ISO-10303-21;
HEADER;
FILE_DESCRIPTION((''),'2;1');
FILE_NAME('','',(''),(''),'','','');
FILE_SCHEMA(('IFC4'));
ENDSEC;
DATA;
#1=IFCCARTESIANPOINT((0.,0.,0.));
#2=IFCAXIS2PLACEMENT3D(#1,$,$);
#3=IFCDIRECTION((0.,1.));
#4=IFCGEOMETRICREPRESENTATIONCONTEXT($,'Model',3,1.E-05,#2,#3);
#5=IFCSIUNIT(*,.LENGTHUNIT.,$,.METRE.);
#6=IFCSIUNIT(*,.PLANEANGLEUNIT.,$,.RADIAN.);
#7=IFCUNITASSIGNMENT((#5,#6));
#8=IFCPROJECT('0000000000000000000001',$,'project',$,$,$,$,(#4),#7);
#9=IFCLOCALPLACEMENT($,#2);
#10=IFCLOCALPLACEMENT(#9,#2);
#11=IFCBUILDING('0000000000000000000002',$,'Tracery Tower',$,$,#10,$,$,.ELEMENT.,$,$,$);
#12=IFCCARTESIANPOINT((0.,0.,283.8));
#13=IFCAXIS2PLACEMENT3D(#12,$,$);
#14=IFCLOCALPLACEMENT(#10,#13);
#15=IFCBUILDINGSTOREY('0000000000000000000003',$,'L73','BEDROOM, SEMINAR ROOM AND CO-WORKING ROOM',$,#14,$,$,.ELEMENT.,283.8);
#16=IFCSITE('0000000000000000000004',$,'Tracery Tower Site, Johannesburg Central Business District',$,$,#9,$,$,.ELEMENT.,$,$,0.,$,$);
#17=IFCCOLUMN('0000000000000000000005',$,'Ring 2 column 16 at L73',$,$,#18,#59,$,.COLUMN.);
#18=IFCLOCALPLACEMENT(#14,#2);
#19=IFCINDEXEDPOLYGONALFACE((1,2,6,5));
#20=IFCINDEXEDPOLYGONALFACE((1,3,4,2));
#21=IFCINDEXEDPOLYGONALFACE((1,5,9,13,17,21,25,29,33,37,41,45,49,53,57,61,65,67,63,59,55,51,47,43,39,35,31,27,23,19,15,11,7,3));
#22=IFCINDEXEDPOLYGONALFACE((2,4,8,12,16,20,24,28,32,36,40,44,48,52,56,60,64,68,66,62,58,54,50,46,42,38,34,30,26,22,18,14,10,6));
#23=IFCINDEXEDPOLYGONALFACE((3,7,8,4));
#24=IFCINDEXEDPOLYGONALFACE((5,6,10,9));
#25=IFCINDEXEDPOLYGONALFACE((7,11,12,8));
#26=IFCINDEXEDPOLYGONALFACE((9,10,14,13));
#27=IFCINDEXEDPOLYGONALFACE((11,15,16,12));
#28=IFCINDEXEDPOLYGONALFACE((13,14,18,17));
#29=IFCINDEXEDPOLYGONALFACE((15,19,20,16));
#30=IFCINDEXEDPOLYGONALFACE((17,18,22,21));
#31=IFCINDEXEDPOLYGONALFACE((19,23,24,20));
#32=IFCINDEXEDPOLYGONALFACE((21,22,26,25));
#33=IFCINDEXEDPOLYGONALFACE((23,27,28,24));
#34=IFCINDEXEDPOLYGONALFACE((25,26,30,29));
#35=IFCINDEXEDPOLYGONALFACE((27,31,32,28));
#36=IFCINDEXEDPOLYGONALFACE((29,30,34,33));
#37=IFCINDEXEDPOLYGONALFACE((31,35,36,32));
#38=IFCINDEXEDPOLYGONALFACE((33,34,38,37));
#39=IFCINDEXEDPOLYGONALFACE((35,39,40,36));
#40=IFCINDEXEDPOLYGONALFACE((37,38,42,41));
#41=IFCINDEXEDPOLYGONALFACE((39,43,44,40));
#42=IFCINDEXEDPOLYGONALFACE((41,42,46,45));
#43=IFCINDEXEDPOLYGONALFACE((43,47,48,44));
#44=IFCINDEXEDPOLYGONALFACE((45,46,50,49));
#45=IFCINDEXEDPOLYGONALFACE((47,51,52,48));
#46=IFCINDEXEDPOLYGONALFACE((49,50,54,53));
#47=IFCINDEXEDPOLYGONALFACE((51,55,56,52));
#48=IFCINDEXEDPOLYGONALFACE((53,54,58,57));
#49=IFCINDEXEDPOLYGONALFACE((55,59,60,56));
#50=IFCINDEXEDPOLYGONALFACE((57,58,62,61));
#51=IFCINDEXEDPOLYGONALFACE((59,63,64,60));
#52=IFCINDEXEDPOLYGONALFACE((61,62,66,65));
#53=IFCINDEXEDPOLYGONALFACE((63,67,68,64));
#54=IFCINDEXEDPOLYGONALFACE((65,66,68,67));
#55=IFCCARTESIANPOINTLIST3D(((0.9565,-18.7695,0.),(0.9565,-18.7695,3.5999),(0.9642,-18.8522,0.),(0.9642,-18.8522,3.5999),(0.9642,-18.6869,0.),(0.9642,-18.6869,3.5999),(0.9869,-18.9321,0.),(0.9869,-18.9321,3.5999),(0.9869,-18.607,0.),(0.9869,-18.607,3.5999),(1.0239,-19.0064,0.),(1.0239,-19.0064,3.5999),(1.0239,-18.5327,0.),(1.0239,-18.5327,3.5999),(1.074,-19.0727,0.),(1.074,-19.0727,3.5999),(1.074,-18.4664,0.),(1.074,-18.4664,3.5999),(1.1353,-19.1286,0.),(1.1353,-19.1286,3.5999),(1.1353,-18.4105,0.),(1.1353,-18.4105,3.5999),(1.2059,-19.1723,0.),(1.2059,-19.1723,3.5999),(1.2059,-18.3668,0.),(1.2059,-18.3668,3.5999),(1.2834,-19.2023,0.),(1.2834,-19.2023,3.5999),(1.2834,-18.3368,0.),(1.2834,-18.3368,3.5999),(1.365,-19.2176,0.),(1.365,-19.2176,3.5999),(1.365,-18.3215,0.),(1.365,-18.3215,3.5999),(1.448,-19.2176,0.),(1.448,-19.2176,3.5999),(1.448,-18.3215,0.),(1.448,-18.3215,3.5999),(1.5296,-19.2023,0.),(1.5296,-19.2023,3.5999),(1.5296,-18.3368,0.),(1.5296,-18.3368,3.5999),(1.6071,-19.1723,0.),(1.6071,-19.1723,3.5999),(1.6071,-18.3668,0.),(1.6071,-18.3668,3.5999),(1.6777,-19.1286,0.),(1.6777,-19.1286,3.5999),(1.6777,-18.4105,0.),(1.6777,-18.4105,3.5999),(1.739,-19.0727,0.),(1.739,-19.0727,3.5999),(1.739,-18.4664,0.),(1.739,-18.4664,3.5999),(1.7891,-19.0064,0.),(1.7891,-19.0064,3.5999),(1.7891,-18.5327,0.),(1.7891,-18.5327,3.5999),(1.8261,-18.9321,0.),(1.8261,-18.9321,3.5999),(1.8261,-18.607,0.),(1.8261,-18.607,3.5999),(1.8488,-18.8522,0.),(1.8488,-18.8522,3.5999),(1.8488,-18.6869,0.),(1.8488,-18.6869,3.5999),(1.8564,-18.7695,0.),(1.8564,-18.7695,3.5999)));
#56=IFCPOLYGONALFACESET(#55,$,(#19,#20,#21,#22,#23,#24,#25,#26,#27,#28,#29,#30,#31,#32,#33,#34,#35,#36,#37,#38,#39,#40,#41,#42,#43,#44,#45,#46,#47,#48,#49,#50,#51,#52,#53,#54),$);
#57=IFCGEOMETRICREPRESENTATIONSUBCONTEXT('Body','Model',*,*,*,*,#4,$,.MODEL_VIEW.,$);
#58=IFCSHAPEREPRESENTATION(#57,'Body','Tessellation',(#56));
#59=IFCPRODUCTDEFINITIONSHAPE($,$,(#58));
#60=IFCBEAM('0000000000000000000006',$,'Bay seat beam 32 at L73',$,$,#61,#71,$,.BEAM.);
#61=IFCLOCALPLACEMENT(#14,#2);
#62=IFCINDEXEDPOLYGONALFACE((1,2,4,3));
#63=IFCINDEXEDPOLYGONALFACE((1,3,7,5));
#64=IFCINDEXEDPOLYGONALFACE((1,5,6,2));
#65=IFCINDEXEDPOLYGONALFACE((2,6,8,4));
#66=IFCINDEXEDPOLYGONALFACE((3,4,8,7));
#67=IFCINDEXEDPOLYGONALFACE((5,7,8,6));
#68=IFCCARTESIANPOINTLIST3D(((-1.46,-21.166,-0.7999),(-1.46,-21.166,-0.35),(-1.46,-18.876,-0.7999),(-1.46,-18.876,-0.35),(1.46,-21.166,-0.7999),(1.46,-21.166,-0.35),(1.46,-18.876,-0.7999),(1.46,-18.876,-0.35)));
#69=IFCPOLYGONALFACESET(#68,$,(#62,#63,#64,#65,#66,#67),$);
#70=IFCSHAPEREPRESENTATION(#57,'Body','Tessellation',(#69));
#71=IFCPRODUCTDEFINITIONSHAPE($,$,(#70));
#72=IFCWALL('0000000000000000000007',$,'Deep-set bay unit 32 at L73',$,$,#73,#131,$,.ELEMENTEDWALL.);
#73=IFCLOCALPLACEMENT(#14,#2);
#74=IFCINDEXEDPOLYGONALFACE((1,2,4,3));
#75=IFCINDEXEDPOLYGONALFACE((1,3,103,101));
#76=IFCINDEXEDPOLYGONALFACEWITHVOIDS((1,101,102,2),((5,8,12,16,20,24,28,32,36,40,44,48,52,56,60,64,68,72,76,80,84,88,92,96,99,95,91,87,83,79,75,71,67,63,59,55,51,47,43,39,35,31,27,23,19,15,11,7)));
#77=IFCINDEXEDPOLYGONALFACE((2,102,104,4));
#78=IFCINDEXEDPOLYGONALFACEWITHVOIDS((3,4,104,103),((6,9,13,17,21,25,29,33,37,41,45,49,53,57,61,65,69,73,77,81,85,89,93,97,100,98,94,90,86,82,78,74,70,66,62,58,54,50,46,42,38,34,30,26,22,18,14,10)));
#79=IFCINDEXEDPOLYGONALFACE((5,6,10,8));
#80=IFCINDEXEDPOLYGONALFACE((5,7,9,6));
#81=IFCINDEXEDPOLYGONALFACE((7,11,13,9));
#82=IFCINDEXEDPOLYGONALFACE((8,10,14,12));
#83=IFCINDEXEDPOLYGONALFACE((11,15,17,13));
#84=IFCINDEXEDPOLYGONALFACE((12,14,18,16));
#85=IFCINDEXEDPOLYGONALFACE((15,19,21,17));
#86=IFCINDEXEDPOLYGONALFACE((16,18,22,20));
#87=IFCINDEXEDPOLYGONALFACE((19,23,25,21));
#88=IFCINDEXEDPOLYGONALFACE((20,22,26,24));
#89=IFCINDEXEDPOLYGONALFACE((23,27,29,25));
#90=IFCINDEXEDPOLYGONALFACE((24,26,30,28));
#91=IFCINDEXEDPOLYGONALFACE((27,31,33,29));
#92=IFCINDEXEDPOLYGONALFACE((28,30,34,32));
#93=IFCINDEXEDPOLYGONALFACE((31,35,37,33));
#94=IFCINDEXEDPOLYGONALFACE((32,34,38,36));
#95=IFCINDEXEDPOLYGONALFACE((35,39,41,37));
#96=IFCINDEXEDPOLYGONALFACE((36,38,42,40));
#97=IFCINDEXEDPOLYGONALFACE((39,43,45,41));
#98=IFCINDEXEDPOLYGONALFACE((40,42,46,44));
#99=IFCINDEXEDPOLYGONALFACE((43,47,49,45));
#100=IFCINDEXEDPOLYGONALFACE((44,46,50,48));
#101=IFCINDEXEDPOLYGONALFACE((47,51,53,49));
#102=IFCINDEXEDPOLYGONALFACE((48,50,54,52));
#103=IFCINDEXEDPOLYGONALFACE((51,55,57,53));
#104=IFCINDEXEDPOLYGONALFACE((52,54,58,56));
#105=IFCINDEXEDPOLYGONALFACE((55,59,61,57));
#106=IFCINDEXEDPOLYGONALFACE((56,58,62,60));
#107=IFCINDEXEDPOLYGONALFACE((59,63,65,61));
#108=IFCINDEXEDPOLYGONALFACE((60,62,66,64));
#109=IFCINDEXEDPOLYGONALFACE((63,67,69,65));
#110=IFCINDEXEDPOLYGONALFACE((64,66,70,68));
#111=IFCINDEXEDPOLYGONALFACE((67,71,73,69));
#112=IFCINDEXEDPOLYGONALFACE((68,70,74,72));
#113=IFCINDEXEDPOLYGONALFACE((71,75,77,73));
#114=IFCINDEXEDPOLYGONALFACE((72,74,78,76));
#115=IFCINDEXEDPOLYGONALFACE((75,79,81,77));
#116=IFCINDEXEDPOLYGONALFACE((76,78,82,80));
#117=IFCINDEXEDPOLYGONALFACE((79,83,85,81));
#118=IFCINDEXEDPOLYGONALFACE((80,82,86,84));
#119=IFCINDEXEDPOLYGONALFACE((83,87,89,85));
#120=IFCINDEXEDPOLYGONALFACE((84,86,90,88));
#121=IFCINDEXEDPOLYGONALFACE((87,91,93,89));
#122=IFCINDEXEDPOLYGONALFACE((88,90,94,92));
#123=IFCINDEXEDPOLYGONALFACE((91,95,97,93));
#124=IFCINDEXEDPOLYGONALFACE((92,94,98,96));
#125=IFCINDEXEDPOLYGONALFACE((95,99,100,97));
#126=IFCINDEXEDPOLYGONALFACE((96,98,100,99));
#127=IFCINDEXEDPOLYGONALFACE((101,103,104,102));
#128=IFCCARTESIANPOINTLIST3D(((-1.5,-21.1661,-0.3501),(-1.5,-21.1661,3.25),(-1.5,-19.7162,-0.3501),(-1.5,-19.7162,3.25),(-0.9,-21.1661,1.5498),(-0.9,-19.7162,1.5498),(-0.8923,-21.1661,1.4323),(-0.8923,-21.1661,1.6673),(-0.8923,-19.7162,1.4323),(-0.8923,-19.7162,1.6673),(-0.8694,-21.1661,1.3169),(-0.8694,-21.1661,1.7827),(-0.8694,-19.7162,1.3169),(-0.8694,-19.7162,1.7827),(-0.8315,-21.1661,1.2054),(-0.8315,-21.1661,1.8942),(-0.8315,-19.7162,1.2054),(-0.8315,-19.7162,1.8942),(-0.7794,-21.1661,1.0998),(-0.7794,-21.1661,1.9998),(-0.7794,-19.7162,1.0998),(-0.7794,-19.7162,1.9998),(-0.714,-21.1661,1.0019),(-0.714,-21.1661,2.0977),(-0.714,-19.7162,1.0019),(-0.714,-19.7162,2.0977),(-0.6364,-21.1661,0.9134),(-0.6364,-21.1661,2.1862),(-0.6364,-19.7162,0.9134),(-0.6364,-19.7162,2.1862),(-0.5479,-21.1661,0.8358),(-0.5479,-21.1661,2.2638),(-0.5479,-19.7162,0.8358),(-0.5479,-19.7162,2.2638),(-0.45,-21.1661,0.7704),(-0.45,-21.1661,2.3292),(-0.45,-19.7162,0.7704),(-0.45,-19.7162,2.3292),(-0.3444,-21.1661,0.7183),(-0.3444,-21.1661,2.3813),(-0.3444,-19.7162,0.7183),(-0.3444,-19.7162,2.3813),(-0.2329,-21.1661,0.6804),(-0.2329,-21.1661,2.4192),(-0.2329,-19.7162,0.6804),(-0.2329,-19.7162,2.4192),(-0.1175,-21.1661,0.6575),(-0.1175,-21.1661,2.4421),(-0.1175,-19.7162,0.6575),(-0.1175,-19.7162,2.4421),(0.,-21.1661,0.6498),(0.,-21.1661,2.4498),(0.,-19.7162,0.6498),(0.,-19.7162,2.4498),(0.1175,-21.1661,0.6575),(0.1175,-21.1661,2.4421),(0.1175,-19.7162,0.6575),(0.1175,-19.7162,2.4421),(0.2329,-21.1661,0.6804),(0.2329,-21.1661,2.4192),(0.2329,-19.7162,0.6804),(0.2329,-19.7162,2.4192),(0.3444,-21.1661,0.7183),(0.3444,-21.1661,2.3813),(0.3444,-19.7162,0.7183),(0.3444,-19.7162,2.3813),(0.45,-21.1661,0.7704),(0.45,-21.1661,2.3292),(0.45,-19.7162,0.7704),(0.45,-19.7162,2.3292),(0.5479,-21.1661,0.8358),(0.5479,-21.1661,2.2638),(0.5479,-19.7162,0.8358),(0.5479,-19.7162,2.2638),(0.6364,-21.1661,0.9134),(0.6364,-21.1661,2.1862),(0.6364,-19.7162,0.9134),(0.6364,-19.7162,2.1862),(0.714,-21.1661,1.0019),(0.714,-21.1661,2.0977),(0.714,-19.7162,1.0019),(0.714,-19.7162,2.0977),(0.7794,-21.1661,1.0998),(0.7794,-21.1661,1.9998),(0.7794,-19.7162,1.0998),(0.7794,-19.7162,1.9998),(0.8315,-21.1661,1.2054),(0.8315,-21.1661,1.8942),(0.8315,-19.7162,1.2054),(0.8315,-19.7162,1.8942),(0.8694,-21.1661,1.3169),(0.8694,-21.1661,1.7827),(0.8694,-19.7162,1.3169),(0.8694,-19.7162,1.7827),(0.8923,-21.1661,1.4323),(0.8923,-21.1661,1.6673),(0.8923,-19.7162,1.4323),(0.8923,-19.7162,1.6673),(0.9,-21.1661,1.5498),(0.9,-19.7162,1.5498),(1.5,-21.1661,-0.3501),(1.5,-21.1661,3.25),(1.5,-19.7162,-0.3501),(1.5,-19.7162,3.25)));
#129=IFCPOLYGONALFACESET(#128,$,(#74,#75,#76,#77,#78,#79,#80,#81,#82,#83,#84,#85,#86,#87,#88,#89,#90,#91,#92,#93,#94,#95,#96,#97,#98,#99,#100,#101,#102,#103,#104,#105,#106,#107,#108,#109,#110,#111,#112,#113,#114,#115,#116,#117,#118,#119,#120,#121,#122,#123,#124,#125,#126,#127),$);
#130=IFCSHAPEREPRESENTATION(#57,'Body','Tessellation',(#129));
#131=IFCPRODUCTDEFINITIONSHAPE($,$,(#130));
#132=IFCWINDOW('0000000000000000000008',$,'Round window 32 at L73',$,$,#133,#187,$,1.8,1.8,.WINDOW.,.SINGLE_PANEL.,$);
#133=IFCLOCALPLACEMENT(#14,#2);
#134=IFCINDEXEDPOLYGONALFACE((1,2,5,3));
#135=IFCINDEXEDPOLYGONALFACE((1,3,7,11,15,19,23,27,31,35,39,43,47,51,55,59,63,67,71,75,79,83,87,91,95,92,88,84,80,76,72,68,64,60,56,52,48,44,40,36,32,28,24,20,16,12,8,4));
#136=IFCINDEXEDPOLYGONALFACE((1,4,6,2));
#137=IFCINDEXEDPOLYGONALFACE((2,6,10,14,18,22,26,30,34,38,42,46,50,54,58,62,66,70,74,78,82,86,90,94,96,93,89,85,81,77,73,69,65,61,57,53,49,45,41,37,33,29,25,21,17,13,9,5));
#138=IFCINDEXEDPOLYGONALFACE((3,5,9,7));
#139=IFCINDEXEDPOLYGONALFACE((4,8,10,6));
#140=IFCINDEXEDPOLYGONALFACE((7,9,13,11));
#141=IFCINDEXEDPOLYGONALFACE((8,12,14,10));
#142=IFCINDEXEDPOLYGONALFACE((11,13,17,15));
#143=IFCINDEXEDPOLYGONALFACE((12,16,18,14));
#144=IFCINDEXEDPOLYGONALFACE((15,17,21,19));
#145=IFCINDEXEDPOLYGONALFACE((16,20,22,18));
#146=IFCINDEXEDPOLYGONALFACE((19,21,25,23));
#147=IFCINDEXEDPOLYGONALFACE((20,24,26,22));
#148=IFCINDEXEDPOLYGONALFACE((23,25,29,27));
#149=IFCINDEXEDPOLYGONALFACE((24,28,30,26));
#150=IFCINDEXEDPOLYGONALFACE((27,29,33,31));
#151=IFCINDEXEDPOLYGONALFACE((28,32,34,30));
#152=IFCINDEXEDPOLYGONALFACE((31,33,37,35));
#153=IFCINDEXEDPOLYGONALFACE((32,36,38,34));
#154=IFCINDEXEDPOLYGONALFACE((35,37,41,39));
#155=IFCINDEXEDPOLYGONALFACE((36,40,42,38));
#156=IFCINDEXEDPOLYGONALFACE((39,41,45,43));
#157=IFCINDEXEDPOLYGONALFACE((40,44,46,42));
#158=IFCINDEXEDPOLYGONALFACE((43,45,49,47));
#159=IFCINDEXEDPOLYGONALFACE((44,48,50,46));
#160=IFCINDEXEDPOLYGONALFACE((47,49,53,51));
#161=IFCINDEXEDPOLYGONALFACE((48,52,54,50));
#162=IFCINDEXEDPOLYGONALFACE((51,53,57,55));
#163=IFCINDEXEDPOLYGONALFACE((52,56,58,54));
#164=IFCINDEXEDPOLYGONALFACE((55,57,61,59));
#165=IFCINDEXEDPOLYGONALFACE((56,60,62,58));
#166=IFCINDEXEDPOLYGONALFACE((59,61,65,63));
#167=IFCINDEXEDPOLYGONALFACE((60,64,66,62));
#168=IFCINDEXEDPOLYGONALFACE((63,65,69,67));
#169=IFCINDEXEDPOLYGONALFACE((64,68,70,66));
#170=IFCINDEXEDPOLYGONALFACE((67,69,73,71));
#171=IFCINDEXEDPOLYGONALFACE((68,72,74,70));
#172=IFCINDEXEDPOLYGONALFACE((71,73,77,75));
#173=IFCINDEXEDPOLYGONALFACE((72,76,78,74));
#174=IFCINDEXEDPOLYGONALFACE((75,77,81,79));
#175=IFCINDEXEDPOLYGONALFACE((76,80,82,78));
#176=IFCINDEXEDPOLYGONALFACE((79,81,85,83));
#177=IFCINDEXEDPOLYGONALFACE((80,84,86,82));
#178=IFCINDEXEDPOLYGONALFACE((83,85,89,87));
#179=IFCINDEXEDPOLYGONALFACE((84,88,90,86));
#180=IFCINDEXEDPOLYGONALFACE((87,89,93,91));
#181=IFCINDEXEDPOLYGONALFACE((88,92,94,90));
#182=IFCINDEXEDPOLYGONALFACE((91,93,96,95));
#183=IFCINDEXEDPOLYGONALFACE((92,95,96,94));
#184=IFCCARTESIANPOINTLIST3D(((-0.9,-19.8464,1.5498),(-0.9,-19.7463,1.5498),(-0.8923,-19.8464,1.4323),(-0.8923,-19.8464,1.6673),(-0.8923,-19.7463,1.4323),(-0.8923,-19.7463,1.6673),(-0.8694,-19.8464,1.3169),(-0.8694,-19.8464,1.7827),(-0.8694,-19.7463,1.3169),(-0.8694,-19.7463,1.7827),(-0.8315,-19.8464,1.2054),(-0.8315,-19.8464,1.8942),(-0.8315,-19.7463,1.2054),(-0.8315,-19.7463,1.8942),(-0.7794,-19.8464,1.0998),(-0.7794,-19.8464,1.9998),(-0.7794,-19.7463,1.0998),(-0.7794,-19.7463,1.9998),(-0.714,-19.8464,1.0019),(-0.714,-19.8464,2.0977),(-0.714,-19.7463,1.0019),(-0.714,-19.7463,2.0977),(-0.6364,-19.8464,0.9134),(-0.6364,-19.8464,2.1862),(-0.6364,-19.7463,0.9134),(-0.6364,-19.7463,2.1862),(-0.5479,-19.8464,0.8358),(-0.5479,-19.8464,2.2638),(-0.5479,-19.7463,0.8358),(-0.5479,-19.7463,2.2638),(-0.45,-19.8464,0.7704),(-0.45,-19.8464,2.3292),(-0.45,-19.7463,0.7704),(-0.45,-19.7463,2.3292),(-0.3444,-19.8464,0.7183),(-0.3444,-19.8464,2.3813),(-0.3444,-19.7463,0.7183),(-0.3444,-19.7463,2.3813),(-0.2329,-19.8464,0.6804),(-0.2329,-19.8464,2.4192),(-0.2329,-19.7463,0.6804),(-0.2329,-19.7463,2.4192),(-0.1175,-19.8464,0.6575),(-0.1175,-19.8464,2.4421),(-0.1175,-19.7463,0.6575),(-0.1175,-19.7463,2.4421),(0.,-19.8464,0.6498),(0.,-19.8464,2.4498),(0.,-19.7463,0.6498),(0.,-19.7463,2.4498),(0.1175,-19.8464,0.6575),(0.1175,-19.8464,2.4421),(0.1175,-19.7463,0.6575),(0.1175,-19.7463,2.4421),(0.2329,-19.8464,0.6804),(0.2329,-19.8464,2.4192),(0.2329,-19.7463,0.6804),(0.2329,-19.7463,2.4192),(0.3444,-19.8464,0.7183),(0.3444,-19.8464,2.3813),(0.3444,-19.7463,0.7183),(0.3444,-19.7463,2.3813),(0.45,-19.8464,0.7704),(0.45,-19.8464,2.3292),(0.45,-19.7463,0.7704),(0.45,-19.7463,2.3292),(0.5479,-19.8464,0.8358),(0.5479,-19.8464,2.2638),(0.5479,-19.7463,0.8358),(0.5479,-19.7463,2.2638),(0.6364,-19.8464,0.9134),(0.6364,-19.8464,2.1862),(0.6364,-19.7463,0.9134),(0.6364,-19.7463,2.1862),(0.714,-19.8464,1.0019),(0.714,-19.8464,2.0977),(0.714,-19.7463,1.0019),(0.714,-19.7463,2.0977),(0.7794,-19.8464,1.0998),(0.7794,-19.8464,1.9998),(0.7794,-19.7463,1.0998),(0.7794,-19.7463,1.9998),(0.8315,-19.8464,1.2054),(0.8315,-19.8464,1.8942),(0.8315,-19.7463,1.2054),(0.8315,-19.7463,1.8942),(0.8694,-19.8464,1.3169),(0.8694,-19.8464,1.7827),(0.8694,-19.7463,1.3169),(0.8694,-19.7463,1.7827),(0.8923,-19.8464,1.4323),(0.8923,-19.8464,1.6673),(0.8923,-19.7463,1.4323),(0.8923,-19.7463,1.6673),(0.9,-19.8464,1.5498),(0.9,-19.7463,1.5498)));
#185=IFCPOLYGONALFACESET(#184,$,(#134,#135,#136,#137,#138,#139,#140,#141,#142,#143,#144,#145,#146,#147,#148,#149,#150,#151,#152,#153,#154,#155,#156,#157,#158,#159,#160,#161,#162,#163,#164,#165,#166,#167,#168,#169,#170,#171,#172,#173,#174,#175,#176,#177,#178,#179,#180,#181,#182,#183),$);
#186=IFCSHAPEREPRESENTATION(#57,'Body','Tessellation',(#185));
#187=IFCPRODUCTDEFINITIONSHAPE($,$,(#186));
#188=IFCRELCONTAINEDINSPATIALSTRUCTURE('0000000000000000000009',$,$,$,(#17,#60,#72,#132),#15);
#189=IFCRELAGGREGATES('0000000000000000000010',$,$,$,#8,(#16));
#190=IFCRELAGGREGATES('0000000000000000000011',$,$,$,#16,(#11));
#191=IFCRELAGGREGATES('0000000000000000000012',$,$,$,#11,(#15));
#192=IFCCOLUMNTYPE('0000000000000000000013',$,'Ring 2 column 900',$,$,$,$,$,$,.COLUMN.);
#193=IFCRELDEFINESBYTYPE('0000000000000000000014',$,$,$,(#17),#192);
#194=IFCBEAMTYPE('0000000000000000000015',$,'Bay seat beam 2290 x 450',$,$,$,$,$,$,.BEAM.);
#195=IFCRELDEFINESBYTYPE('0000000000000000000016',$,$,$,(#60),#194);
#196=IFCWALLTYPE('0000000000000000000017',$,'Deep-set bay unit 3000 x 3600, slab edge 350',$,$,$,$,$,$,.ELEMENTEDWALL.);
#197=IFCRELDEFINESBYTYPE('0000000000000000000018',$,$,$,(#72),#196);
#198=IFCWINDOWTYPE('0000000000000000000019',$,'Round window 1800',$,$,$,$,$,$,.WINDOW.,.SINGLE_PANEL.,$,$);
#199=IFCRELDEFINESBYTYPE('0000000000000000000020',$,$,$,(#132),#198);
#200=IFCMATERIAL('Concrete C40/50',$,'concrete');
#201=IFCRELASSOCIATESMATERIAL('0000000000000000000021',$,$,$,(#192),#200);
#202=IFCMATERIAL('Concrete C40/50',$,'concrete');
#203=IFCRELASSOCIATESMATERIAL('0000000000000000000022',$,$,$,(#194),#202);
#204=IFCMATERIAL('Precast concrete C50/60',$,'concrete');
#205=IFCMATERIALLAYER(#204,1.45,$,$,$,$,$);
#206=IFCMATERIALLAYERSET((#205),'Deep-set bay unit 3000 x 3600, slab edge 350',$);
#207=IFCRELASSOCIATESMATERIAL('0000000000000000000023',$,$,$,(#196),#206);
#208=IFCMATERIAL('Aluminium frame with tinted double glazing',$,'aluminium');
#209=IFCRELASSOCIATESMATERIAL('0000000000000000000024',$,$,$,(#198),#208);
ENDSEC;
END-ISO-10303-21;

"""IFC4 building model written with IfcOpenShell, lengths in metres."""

from ifc_helpers import new_model, si_unit, direction, frame, frame_2d, origin, origin_2d, place, context, subcontext, project, spatial, rectangle, circle, extrude, material, layer, layer_set, material_profile, profile_set, type_object, element, fill, save


model = new_model("IFC4")

# Units and contexts
model_context = context("Model", 3, precision=1e-05, world=origin(), true_north=direction((0.0, 1.0)))
body_context = subcontext(model_context, "Body", "Model", "MODEL_VIEW")
ifc_project = project(units=[si_unit("LENGTHUNIT", "METRE"), si_unit("PLANEANGLEUNIT", "RADIAN")], contexts=[model_context])

# Site, building, storey
site_placement = place(None, origin())
site = spatial("IfcSite", under=ifc_project, at=site_placement, Name="Tracery Tower Site, Johannesburg Central Business District", CompositionType="ELEMENT", RefElevation=0.0)
building_placement = place(site_placement, origin())
building = spatial("IfcBuilding", under=site, at=building_placement, Name="Tracery Tower", CompositionType="ELEMENT")
storey_placement = place(building_placement, frame((0.0, 0.0, 283.8)))
storey = spatial("IfcBuildingStorey", under=building, at=storey_placement, Name="L73", Description="BEDROOM, SEMINAR ROOM AND CO-WORKING ROOM", CompositionType="ELEMENT", Elevation=283.8)

# Column
ifc_material_1 = material(Name="Concrete C40/50", Category="concrete")
ifc_material_profile_1 = material_profile(ifc_material_1, circle(Radius=0.45, at=origin_2d()), Name="RC D900")
ifc_profile_set_1 = profile_set([ifc_material_profile_1], Name="Concrete C40/50")
column_type = type_object("IfcColumnType", Name="Ring 2 column 900", PredefinedType="COLUMN", material=ifc_profile_set_1)
column_placement = place(storey_placement, frame((1.4065, -18.7695, 0.0), z_axis=(0.0, 0.0, 1.0), x_axis=(1.0, 0.0, 0.0)))
element("IfcColumn", 1, at=column_placement, inside=storey, type_object=column_type, Name="Ring 2 column 16 at L73", PredefinedType="COLUMN", context=body_context, shape_type="SweptSolid", body=[
    extrude(circle(Radius=0.45, at=origin_2d()), origin(), (0.0, 0.0, 1.0), 3.5999),
])

# Beam
ifc_material_2 = material(Name="Concrete C40/50", Category="concrete")
ifc_material_profile_2 = material_profile(ifc_material_2, rectangle(XDim=2.29, YDim=0.45, at=origin_2d()), Name="RC 2290x450")
ifc_profile_set_2 = profile_set([ifc_material_profile_2], Name="Concrete C40/50")
beam_type = type_object("IfcBeamType", Name="Bay seat beam 2290 x 450", PredefinedType="BEAM", material=ifc_profile_set_2)
beam_placement = place(storey_placement, frame((-1.46, -20.021, -0.575), z_axis=(1.0, 0.0, 0.0), x_axis=(0.0, 1.0, 0.0)))
element("IfcBeam", 2, at=beam_placement, inside=storey, type_object=beam_type, Name="Bay seat beam 32 at L73", PredefinedType="BEAM", context=body_context, shape_type="SweptSolid", body=[
    extrude(rectangle(XDim=2.29, YDim=0.45, at=origin_2d()), origin(), (0.0, 0.0, 1.0), 2.9199),
])

# Wall, opening, window
ifc_material_3 = material(Name="Precast concrete C50/60", Category="concrete")
ifc_layer_1 = layer(ifc_material_3, 1.45)
ifc_layer_set_1 = layer_set([ifc_layer_1], Name="Deep-set bay unit 3000 x 3600, slab edge 350")
wall_type_1 = type_object("IfcWallType", Name="Deep-set bay unit 3000 x 3600, slab edge 350", PredefinedType="ELEMENTEDWALL", material=ifc_layer_set_1)
wall_1_placement = place(storey_placement, frame((-1.5, -20.4412, -0.3501), z_axis=(0.0, 0.0, 1.0), x_axis=(1.0, 0.0, 0.0)))
wall_1 = element("IfcWall", 3, at=wall_1_placement, inside=storey, type_object=wall_type_1, Name="Deep-set bay unit 32 at L73", PredefinedType="ELEMENTEDWALL", context=body_context, shape_type="SweptSolid", body=[
    extrude(rectangle(XDim=3.0, YDim=1.45, at=frame_2d((1.5, 0.0))), origin(), (0.0, 0.0, 1.0), 3.6001),
])
opening_1_placement = place(wall_1_placement, frame((1.5, 0.0, 1.8999)))
opening_1 = element("IfcOpeningElement", 4, at=opening_1_placement, cuts=wall_1, PredefinedType="OPENING", context=body_context, shape_type="SweptSolid", body=[
    extrude(circle(Radius=0.9, at=origin_2d()), frame((0.0, 0.7349, 0.0), z_axis=(0.0, -1.0, 0.0), x_axis=(1.0, 0.0, 0.0)), (0.0, 0.0, 1.0), 1.47),
])
ifc_material_4 = material(Name="Aluminium frame with tinted double glazing", Category="aluminium")
window_type = type_object("IfcWindowType", Name="Round window 1800", PartitioningType="SINGLE_PANEL", PredefinedType="WINDOW", material=ifc_material_4)
window_1_placement = place(opening_1_placement, origin())
window_1 = element("IfcWindow", 5, at=window_1_placement, inside=storey, type_object=window_type, Name="Round window 32 at L73", OverallHeight=1.8, OverallWidth=1.8, PartitioningType="SINGLE_PANEL", PredefinedType="WINDOW", context=body_context, shape_type="SweptSolid", body=[
    extrude(circle(Radius=0.9, at=origin_2d()), frame((0.0, 0.6948, 0.0), z_axis=(0.0, -1.0, 0.0), x_axis=(1.0, 0.0, 0.0)), (0.0, 0.0, 1.0), 0.1001),
])
fill(opening_1, window_1)

save(model, "model.ifc")
